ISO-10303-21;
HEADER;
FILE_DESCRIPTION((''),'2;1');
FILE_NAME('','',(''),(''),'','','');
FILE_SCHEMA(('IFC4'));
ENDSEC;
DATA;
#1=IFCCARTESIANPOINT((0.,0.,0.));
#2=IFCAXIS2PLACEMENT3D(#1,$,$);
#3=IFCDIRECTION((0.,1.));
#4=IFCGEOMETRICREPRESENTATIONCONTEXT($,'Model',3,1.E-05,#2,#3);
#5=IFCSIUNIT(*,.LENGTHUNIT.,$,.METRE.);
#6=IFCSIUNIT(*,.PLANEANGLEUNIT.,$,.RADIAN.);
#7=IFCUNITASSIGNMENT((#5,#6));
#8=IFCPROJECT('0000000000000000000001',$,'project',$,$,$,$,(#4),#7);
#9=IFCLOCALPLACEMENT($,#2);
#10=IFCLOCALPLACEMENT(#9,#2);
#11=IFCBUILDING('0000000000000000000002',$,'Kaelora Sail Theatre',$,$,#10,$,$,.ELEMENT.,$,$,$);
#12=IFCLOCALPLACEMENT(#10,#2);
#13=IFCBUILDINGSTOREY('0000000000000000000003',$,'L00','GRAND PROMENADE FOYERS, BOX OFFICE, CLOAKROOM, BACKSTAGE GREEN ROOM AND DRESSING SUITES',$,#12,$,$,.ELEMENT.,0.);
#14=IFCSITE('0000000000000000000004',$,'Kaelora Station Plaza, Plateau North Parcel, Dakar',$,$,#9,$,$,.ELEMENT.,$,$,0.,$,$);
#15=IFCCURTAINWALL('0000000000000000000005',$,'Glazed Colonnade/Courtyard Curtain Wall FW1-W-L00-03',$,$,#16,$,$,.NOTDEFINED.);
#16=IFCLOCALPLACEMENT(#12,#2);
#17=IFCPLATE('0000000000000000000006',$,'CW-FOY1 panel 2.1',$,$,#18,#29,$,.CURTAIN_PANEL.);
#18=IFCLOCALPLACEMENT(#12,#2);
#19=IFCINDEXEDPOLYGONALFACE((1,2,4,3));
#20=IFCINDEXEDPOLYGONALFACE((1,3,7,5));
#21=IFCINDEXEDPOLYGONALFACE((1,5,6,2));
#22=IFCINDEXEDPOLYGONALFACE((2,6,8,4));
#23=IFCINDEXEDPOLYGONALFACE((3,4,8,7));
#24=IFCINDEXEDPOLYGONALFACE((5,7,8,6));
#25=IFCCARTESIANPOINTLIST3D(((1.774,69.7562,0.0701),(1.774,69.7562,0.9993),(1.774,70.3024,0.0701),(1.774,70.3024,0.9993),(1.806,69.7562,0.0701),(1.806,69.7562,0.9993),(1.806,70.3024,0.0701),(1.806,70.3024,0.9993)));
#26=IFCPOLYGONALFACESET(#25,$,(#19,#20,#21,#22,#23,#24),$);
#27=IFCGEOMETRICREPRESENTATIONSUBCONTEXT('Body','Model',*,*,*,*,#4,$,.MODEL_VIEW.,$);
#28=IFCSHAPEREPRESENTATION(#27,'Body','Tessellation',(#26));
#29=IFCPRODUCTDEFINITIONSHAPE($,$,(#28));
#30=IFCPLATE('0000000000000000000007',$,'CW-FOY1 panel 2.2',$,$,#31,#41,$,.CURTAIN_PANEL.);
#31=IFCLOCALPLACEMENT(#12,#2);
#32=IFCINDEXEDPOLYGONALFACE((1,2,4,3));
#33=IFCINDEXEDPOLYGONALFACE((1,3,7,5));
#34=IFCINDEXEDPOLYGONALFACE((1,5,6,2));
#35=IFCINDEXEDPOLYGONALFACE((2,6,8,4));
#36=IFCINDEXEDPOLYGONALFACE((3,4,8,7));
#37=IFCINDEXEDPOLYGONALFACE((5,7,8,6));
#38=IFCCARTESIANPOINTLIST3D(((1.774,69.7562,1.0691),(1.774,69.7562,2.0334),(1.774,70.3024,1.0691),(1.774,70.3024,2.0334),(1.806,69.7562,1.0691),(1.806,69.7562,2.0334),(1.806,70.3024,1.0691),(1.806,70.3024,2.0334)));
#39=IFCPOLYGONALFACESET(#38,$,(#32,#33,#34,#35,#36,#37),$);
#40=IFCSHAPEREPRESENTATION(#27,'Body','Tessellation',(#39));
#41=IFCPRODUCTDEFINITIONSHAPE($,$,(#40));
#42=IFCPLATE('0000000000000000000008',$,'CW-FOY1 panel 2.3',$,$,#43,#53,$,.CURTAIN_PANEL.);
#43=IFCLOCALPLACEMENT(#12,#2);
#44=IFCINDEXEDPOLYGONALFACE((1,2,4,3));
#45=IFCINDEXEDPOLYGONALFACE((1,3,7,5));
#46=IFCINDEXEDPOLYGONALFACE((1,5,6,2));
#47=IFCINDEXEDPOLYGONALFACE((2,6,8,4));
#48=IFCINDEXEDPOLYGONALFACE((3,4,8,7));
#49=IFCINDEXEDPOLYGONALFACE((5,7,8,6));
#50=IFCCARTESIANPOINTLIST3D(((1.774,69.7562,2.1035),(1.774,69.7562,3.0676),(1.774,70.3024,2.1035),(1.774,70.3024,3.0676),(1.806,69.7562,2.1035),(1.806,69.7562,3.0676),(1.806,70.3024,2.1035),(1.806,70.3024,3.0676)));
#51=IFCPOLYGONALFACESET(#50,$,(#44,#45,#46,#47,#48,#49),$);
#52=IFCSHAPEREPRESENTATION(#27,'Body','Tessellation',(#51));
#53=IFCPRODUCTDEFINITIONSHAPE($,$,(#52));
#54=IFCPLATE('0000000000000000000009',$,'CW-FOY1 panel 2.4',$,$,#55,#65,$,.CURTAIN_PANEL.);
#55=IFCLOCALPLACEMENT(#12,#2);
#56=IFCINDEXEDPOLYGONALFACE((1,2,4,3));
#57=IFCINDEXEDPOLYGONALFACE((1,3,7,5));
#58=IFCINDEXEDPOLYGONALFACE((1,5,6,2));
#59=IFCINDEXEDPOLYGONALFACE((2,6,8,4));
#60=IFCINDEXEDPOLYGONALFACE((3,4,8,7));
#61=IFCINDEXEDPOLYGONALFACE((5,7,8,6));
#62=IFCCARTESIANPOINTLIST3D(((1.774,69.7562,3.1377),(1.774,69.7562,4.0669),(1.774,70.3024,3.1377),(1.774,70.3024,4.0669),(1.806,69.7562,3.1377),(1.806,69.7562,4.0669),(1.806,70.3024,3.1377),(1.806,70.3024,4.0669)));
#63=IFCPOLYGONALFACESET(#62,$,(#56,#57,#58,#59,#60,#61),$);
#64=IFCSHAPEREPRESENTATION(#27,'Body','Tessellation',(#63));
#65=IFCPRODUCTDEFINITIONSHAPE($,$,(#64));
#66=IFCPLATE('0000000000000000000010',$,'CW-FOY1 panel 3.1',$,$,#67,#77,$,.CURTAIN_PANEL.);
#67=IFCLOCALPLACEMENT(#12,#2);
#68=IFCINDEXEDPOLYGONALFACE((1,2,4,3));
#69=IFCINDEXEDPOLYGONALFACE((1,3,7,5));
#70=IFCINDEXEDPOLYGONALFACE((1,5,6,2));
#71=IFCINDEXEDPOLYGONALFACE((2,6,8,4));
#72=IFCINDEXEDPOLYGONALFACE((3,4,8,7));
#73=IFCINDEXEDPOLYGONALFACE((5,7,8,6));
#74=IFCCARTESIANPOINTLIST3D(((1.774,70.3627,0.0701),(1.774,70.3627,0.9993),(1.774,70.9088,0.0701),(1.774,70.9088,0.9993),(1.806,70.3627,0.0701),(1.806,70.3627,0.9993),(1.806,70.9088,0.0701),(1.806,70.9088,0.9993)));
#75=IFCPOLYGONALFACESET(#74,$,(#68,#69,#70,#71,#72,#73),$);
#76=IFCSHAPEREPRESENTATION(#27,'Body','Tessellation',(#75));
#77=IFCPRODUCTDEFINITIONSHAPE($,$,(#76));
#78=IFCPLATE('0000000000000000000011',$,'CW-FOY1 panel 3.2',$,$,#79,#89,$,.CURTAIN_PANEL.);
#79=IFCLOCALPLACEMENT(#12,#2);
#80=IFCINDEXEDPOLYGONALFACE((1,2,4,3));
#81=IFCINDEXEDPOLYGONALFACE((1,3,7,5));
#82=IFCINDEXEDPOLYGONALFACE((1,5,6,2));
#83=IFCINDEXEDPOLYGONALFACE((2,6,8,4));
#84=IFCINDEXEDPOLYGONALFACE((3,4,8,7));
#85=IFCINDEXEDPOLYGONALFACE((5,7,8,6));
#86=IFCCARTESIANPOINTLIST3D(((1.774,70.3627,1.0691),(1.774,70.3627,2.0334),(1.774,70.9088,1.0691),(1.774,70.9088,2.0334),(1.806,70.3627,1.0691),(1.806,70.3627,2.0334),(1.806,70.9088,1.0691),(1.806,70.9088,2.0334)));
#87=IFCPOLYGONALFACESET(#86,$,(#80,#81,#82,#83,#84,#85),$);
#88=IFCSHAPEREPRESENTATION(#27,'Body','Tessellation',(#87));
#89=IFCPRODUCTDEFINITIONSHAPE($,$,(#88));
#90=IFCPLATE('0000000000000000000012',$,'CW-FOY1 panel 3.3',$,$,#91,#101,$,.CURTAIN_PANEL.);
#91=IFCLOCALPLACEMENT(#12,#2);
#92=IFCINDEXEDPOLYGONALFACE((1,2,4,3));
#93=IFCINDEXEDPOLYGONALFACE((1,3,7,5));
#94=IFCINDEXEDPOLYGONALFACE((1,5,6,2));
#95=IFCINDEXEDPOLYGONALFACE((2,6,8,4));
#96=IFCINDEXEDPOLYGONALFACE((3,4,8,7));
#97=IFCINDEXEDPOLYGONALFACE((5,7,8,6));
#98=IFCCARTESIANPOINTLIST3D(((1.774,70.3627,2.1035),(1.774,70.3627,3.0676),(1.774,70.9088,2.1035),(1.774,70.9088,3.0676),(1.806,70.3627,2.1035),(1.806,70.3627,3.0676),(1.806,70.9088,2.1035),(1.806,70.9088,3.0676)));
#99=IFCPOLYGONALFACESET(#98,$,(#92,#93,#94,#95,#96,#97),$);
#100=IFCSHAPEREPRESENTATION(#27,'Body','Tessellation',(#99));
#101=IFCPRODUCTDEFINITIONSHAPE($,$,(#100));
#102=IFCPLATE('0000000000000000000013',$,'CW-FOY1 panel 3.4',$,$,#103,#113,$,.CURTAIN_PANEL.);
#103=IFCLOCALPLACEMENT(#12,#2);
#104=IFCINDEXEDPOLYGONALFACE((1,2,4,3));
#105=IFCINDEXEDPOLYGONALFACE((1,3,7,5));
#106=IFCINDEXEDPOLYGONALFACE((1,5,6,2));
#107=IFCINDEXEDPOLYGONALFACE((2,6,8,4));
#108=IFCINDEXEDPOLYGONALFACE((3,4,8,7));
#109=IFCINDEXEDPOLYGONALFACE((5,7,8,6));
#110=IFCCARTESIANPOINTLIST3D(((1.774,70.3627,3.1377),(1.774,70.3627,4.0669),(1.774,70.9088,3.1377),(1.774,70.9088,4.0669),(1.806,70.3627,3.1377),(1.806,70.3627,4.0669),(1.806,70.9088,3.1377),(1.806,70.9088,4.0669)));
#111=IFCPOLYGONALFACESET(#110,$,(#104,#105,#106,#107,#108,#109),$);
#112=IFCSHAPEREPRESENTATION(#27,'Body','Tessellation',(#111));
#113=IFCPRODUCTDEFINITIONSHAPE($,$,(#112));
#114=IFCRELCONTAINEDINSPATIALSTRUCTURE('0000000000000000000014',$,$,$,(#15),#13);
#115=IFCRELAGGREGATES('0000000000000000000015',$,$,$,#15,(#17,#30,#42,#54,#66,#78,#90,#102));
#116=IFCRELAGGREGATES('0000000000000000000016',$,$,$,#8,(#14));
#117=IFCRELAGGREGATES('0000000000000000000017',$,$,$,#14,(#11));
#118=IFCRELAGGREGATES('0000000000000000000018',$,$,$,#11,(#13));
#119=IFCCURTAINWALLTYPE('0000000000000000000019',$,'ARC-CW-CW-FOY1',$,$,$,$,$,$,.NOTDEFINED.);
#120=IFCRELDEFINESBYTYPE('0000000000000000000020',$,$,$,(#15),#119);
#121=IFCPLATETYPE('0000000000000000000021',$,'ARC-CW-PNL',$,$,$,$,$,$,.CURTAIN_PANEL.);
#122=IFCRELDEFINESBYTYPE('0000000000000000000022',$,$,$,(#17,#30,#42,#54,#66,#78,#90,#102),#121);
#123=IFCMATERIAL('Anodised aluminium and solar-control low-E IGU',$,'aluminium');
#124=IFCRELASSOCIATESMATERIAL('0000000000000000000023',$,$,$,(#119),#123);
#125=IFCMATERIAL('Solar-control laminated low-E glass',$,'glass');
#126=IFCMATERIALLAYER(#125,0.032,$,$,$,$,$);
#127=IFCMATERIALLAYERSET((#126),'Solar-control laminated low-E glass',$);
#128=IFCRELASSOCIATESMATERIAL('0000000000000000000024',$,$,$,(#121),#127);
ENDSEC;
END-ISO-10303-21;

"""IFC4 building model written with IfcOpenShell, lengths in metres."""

from ifc_helpers import new_model, si_unit, direction, frame, origin, origin_2d, place, context, subcontext, project, spatial, rectangle, extrude, material, layer, layer_set, type_object, element, aggregate, save


model = new_model("IFC4")

# Units and contexts
model_context = context("Model", 3, precision=1e-05, world=origin(), true_north=direction((0.0, 1.0)))
body_context = subcontext(model_context, "Body", "Model", "MODEL_VIEW")
ifc_project = project(units=[si_unit("LENGTHUNIT", "METRE"), si_unit("PLANEANGLEUNIT", "RADIAN")], contexts=[model_context])

# Site, building, storey
site_placement = place(None, origin())
site = spatial("IfcSite", under=ifc_project, at=site_placement, Name="Kaelora Station Plaza, Plateau North Parcel, Dakar", CompositionType="ELEMENT", RefElevation=0.0)
building_placement = place(site_placement, origin())
building = spatial("IfcBuilding", under=site, at=building_placement, Name="Kaelora Sail Theatre", CompositionType="ELEMENT")
storey_placement = place(building_placement, origin())
storey = spatial("IfcBuildingStorey", under=building, at=storey_placement, Name="L00", Description="GRAND PROMENADE FOYERS, BOX OFFICE, CLOAKROOM, BACKSTAGE GREEN ROOM AND DRESSING SUITES", CompositionType="ELEMENT", Elevation=0.0)

# Curtain wall
ifc_material_1 = material(Name="Anodised aluminium and solar-control low-E IGU", Category="aluminium")
curtain_wall_type = type_object("IfcCurtainWallType", Name="ARC-CW-CW-FOY1", PredefinedType="NOTDEFINED", material=ifc_material_1)
curtain_wall_placement = place(storey_placement, origin())
curtain_wall = element("IfcCurtainWall", 1, at=curtain_wall_placement, inside=storey, type_object=curtain_wall_type, Name="Glazed Colonnade/Courtyard Curtain Wall FW1-W-L00-03", PredefinedType="NOTDEFINED")

# Plates
ifc_material_2 = material(Name="Solar-control laminated low-E glass", Category="glass")
ifc_layer = layer(ifc_material_2, 0.032)
ifc_layer_set = layer_set([ifc_layer], Name="Solar-control laminated low-E glass")
plate_type = type_object("IfcPlateType", Name="ARC-CW-PNL", PredefinedType="CURTAIN_PANEL", material=ifc_layer_set)
plate_1_placement = place(storey_placement, frame((1.79, 70.0293, 0.0701), z_axis=(0.0, 0.0, 1.0), x_axis=(0.0, 1.0, 0.0)))
plate_1 = element("IfcPlate", 2, at=plate_1_placement, type_object=plate_type, Name="CW-FOY1 panel 2.1", PredefinedType="CURTAIN_PANEL", context=body_context, shape_type="SweptSolid", body=[
    extrude(rectangle(XDim=0.5461, YDim=0.032, at=origin_2d()), origin(), (0.0, 0.0, 1.0), 0.9292),
])
plate_2_placement = place(storey_placement, frame((1.79, 70.0293, 1.0691), z_axis=(0.0, 0.0, 1.0), x_axis=(0.0, 1.0, 0.0)))
plate_2 = element("IfcPlate", 3, at=plate_2_placement, type_object=plate_type, Name="CW-FOY1 panel 2.2", PredefinedType="CURTAIN_PANEL", context=body_context, shape_type="SweptSolid", body=[
    extrude(rectangle(XDim=0.5461, YDim=0.032, at=origin_2d()), origin(), (0.0, 0.0, 1.0), 0.9644),
])
plate_3_placement = place(storey_placement, frame((1.79, 70.0293, 2.1035), z_axis=(0.0, 0.0, 1.0), x_axis=(0.0, 1.0, 0.0)))
plate_3 = element("IfcPlate", 4, at=plate_3_placement, type_object=plate_type, Name="CW-FOY1 panel 2.3", PredefinedType="CURTAIN_PANEL", context=body_context, shape_type="SweptSolid", body=[
    extrude(rectangle(XDim=0.5461, YDim=0.032, at=origin_2d()), origin(), (0.0, 0.0, 1.0), 0.9641),
])
plate_4_placement = place(storey_placement, frame((1.79, 70.0293, 3.1377), z_axis=(0.0, 0.0, 1.0), x_axis=(0.0, 1.0, 0.0)))
plate_4 = element("IfcPlate", 5, at=plate_4_placement, type_object=plate_type, Name="CW-FOY1 panel 2.4", PredefinedType="CURTAIN_PANEL", context=body_context, shape_type="SweptSolid", body=[
    extrude(rectangle(XDim=0.5461, YDim=0.032, at=origin_2d()), origin(), (0.0, 0.0, 1.0), 0.9292),
])
plate_5_placement = place(storey_placement, frame((1.79, 70.6357, 0.0701), z_axis=(0.0, 0.0, 1.0), x_axis=(0.0, 1.0, 0.0)))
plate_5 = element("IfcPlate", 6, at=plate_5_placement, type_object=plate_type, Name="CW-FOY1 panel 3.1", PredefinedType="CURTAIN_PANEL", context=body_context, shape_type="SweptSolid", body=[
    extrude(rectangle(XDim=0.5461, YDim=0.032, at=origin_2d()), origin(), (0.0, 0.0, 1.0), 0.9292),
])
plate_6_placement = place(storey_placement, frame((1.79, 70.6357, 1.0691), z_axis=(0.0, 0.0, 1.0), x_axis=(0.0, 1.0, 0.0)))
plate_6 = element("IfcPlate", 7, at=plate_6_placement, type_object=plate_type, Name="CW-FOY1 panel 3.2", PredefinedType="CURTAIN_PANEL", context=body_context, shape_type="SweptSolid", body=[
    extrude(rectangle(XDim=0.5461, YDim=0.032, at=origin_2d()), origin(), (0.0, 0.0, 1.0), 0.9644),
])
plate_7_placement = place(storey_placement, frame((1.79, 70.6357, 2.1035), z_axis=(0.0, 0.0, 1.0), x_axis=(0.0, 1.0, 0.0)))
plate_7 = element("IfcPlate", 8, at=plate_7_placement, type_object=plate_type, Name="CW-FOY1 panel 3.3", PredefinedType="CURTAIN_PANEL", context=body_context, shape_type="SweptSolid", body=[
    extrude(rectangle(XDim=0.5461, YDim=0.032, at=origin_2d()), origin(), (0.0, 0.0, 1.0), 0.9641),
])
plate_8_placement = place(storey_placement, frame((1.79, 70.6357, 3.1377), z_axis=(0.0, 0.0, 1.0), x_axis=(0.0, 1.0, 0.0)))
plate_8 = element("IfcPlate", 9, at=plate_8_placement, type_object=plate_type, Name="CW-FOY1 panel 3.4", PredefinedType="CURTAIN_PANEL", context=body_context, shape_type="SweptSolid", body=[
    extrude(rectangle(XDim=0.5461, YDim=0.032, at=origin_2d()), origin(), (0.0, 0.0, 1.0), 0.9292),
])
aggregate(curtain_wall, [plate_1, plate_2, plate_3, plate_4, plate_5, plate_6, plate_7, plate_8])

save(model, "model.ifc")
